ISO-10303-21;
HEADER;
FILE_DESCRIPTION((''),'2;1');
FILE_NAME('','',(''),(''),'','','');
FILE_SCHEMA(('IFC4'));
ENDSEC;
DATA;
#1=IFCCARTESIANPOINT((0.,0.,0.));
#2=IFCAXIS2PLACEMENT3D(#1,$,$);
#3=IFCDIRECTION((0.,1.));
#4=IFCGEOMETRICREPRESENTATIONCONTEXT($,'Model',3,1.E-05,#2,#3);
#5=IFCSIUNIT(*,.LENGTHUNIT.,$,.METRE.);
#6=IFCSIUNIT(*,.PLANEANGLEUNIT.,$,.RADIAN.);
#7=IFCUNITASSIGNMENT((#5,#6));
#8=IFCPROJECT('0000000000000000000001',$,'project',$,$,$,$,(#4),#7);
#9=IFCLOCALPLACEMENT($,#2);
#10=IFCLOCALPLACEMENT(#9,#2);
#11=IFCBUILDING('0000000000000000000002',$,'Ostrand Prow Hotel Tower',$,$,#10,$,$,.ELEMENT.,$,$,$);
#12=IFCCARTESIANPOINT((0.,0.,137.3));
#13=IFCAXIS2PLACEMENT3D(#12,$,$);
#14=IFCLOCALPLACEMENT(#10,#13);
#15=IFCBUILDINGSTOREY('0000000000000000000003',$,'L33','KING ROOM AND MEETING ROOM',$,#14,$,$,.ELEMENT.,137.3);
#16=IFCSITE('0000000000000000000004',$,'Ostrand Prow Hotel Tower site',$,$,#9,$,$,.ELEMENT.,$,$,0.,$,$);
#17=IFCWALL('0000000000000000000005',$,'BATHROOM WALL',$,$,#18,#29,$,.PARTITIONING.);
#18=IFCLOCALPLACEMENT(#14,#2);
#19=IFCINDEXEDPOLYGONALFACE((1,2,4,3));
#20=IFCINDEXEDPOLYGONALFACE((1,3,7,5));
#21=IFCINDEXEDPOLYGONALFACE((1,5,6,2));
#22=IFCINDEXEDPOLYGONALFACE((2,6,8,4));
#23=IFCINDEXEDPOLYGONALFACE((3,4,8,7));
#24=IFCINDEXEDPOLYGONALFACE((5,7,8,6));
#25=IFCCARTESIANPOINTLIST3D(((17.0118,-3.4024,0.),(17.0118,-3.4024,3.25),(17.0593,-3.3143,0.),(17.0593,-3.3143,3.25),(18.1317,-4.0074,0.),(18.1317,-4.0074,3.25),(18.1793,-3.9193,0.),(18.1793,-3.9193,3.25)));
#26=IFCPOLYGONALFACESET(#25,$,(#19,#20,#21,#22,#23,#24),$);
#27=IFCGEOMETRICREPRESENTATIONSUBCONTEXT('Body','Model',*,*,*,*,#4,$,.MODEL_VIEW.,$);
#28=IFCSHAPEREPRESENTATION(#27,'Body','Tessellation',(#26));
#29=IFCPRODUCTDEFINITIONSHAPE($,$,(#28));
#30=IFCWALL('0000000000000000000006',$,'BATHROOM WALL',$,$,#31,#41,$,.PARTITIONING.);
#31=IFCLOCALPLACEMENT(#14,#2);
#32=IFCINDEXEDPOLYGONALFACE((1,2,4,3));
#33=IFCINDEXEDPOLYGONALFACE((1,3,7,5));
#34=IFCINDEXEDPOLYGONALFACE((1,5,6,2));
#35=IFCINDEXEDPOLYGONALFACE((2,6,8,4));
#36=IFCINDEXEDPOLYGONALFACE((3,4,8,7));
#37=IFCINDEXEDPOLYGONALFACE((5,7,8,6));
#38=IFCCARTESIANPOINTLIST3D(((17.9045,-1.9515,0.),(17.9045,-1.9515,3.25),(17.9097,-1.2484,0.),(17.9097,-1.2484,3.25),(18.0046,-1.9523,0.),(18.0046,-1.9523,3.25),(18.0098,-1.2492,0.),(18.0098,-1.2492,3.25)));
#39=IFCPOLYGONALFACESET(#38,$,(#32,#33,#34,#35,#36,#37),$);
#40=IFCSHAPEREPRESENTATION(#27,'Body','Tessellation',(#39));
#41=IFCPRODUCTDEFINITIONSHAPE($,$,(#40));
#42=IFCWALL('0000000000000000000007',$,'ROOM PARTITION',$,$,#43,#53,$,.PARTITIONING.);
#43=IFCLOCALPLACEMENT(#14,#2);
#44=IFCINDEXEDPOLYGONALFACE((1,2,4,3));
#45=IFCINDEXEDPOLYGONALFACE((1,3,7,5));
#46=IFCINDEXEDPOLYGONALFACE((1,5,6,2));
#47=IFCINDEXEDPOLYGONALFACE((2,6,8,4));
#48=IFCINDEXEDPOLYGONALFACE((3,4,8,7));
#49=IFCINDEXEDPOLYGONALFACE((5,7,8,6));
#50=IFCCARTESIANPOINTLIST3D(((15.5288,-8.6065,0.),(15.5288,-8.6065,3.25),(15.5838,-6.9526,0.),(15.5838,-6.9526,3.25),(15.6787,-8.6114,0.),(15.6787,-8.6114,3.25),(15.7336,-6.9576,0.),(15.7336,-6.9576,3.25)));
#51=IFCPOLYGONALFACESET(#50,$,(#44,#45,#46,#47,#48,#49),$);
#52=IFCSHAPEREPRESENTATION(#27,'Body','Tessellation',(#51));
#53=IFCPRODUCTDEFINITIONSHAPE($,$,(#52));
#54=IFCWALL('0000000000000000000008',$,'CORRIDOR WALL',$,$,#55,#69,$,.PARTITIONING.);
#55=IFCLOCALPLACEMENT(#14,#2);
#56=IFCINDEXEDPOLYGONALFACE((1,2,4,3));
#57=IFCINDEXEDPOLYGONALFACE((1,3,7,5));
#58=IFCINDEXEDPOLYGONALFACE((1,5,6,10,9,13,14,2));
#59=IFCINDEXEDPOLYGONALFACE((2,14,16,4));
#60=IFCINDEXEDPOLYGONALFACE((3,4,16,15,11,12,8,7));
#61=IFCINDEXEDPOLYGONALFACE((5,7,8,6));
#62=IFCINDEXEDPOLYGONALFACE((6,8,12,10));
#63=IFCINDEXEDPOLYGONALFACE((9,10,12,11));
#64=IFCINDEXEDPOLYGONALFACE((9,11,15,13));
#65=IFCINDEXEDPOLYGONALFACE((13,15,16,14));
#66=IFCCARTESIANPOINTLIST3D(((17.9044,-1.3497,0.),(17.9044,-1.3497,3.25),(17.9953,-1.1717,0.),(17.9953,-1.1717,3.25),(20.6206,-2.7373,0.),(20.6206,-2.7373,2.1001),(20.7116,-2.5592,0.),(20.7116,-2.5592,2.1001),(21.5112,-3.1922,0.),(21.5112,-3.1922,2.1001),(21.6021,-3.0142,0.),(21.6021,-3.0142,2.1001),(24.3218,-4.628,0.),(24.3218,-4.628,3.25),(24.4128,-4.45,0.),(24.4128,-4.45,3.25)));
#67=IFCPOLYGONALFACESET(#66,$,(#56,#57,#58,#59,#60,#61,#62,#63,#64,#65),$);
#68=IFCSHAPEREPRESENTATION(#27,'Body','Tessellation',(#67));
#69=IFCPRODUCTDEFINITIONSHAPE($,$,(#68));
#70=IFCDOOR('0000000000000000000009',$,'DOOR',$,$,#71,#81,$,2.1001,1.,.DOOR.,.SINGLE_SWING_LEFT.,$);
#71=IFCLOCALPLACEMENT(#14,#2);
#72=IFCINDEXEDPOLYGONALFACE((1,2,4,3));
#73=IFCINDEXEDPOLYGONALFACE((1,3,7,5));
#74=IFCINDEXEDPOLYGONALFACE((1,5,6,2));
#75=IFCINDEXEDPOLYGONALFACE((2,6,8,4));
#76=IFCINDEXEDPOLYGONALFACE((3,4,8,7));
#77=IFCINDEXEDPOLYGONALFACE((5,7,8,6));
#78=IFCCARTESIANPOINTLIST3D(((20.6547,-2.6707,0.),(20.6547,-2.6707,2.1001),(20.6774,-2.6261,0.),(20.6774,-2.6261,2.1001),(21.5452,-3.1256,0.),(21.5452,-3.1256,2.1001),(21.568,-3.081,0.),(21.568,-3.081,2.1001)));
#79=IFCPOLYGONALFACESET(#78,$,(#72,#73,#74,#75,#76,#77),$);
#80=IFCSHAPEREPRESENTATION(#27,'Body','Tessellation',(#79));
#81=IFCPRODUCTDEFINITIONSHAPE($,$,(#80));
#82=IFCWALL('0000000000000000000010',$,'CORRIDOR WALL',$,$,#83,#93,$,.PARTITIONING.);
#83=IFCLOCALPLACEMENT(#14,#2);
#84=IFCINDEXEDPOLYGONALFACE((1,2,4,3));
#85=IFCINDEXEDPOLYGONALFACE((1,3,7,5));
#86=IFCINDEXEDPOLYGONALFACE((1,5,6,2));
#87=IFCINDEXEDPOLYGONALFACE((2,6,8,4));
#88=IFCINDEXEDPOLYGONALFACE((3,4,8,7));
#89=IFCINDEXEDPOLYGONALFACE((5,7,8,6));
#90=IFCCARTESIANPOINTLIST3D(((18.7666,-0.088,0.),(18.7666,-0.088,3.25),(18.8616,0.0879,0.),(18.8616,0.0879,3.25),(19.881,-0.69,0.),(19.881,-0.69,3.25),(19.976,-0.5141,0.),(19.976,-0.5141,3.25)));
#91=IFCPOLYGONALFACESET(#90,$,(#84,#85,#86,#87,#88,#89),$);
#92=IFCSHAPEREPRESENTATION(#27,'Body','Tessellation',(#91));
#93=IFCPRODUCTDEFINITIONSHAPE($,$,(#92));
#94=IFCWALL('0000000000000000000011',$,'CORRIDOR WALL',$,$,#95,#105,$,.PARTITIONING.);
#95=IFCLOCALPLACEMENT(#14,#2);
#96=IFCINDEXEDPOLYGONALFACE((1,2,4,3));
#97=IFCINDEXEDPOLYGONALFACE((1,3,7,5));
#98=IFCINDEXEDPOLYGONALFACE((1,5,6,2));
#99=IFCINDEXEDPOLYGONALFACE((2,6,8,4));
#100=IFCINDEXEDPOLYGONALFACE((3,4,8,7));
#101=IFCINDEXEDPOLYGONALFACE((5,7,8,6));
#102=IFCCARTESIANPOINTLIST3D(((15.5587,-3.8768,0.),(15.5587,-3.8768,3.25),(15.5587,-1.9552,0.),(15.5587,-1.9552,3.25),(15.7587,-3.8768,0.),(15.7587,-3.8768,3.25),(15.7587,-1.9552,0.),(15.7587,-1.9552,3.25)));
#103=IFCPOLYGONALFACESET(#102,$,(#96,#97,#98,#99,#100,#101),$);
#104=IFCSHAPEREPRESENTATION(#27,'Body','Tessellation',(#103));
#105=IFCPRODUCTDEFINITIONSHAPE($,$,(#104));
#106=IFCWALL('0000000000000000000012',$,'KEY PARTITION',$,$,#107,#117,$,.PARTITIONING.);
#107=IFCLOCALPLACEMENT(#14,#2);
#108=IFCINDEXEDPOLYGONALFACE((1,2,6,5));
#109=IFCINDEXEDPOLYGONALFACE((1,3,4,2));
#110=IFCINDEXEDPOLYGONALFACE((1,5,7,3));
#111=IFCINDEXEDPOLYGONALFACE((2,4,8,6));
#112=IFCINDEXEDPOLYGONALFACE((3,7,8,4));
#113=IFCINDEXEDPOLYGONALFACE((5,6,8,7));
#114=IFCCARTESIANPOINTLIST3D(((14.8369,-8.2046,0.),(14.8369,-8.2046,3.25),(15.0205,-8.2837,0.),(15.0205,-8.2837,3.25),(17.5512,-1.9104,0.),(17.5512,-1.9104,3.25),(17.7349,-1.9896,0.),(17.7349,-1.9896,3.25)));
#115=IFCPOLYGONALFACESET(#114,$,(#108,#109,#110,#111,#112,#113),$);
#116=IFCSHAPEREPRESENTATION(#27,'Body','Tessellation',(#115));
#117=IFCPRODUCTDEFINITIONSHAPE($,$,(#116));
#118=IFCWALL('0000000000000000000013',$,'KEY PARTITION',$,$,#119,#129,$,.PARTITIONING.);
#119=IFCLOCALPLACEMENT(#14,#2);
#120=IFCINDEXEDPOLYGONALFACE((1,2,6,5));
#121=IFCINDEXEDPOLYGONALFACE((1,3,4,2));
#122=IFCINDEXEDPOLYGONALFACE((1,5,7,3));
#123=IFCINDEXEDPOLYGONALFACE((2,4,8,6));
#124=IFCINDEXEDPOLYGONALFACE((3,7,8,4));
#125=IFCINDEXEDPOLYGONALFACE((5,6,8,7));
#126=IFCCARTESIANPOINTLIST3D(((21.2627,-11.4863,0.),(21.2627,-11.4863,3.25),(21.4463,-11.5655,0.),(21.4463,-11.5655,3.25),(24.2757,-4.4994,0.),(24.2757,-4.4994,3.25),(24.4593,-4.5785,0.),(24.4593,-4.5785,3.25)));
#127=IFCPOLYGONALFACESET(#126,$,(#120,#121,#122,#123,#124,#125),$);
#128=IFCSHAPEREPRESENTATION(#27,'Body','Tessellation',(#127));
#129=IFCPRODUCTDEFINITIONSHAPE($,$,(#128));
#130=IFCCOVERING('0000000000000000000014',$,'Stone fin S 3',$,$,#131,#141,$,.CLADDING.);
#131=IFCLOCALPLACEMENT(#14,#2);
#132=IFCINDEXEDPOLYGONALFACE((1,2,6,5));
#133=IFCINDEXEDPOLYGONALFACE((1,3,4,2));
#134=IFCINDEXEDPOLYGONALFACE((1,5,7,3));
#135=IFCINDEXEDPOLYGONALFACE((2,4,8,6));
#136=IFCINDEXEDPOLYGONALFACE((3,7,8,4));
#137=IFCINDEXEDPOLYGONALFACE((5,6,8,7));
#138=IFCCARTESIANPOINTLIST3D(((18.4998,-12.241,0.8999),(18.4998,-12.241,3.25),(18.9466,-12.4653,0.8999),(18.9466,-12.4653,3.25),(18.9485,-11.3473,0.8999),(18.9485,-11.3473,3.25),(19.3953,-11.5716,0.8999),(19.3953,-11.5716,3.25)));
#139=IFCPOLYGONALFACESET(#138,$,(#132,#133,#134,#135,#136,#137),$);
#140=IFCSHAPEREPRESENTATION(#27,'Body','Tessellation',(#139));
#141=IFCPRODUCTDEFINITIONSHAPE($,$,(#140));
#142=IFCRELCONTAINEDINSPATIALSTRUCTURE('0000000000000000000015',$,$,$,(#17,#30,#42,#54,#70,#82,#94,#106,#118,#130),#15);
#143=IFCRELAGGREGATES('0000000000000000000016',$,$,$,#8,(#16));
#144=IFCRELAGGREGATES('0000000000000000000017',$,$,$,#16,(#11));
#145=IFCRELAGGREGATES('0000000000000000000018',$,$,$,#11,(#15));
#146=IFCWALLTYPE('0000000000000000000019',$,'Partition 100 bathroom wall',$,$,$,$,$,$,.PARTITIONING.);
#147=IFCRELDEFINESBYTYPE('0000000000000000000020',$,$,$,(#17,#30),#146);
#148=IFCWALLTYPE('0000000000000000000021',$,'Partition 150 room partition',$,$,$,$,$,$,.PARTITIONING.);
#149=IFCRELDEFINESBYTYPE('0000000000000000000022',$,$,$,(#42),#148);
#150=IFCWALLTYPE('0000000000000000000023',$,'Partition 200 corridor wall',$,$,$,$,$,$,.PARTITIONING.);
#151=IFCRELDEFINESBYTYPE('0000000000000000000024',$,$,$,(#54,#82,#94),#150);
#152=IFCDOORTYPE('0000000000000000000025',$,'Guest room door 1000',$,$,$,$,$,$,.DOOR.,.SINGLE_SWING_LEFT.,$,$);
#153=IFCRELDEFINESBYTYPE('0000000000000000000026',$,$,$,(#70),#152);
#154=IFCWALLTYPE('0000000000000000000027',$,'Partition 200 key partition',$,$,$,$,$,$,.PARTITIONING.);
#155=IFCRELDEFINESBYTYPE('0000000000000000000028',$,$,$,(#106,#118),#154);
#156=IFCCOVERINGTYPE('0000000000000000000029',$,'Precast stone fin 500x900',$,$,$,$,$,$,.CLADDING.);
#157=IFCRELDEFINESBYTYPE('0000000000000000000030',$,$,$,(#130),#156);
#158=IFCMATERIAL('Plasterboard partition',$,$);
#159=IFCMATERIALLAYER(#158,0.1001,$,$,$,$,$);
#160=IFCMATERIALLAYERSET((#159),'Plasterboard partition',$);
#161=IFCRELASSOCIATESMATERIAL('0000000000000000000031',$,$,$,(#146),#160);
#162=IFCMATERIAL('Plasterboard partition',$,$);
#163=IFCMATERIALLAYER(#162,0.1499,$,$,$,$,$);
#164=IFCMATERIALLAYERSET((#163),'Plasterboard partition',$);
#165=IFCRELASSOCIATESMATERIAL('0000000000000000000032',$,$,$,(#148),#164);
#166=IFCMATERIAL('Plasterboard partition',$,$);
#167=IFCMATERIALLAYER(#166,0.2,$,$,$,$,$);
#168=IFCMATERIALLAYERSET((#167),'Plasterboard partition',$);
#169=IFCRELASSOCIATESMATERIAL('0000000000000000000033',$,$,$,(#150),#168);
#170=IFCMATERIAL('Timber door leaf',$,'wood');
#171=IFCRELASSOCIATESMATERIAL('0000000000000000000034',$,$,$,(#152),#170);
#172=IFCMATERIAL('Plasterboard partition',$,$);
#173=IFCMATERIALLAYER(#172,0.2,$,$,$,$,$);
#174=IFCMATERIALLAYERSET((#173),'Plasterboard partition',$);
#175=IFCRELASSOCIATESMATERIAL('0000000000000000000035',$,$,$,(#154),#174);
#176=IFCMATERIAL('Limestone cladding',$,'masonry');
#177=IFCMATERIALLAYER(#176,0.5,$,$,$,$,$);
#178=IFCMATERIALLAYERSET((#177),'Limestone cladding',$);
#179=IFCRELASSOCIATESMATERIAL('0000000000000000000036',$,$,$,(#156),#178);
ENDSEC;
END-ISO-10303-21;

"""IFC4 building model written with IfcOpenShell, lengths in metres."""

from ifc_helpers import new_model, si_unit, direction, frame, frame_2d, origin, place, context, subcontext, project, spatial, rectangle, extrude, material, layer, layer_set, type_object, element, fill, save


model = new_model("IFC4")

# Units and contexts
model_context = context("Model", 3, precision=1e-05, world=origin(), true_north=direction((0.0, 1.0)))
body_context = subcontext(model_context, "Body", "Model", "MODEL_VIEW")
ifc_project = project(units=[si_unit("LENGTHUNIT", "METRE"), si_unit("PLANEANGLEUNIT", "RADIAN")], contexts=[model_context])

# Site, building, storey
site_placement = place(None, origin())
site = spatial("IfcSite", under=ifc_project, at=site_placement, Name="Ostrand Prow Hotel Tower site", CompositionType="ELEMENT", RefElevation=0.0)
building_placement = place(site_placement, origin())
building = spatial("IfcBuilding", under=site, at=building_placement, Name="Ostrand Prow Hotel Tower", CompositionType="ELEMENT")
storey_placement = place(building_placement, frame((0.0, 0.0, 137.3)))
storey = spatial("IfcBuildingStorey", under=building, at=storey_placement, Name="L33", Description="KING ROOM AND MEETING ROOM", CompositionType="ELEMENT", Elevation=137.3)

# Shared definitions
ifc_material_1 = material(Name="Plasterboard partition")
ifc_layer_1 = layer(ifc_material_1, 0.1001)
ifc_layer_set_1 = layer_set([ifc_layer_1], Name="Plasterboard partition")
wall_type_1 = type_object("IfcWallType", Name="Partition 100 bathroom wall", PredefinedType="PARTITIONING", material=ifc_layer_set_1)

# Walls
wall_1_placement = place(storey_placement, frame((18.1555, -3.9634, 0.0), z_axis=(0.0, 0.0, 1.0), x_axis=(-0.879824, 0.4753, 0.0)))
element("IfcWall", 1, at=wall_1_placement, inside=storey, type_object=wall_type_1, Name="BATHROOM WALL", PredefinedType="PARTITIONING", context=body_context, shape_type="SweptSolid", body=[
    extrude(rectangle(XDim=1.2729, YDim=0.1001, at=frame_2d((0.6365, 0.0))), origin(), (0.0, 0.0, 1.0), 3.25),
])
wall_2_placement = place(storey_placement, frame((17.9546, -1.9519, 0.0), z_axis=(0.0, 0.0, 1.0), x_axis=(0.007291, 0.999973, 0.0)))
element("IfcWall", 2, at=wall_2_placement, inside=storey, type_object=wall_type_1, Name="BATHROOM WALL", PredefinedType="PARTITIONING", context=body_context, shape_type="SweptSolid", body=[
    extrude(rectangle(XDim=0.7031, YDim=0.1001, at=frame_2d((0.3516, 0.0))), origin(), (0.0, 0.0, 1.0), 3.25),
])
ifc_material_2 = material(Name="Plasterboard partition")
ifc_layer_2 = layer(ifc_material_2, 0.1499)
ifc_layer_set_2 = layer_set([ifc_layer_2], Name="Plasterboard partition")
wall_type_2 = type_object("IfcWallType", Name="Partition 150 room partition", PredefinedType="PARTITIONING", material=ifc_layer_set_2)
wall_3_placement = place(storey_placement, frame((15.6587, -6.9551, 0.0), z_axis=(0.0, 0.0, 1.0), x_axis=(-0.033197, -0.999449, 0.0)))
element("IfcWall", 3, at=wall_3_placement, inside=storey, type_object=wall_type_2, Name="ROOM PARTITION", PredefinedType="PARTITIONING", context=body_context, shape_type="SweptSolid", body=[
    extrude(rectangle(XDim=1.6548, YDim=0.1499, at=frame_2d((0.8274, 0.0))), origin(), (0.0, 0.0, 1.0), 3.25),
])

# Wall, opening, door
ifc_material_3 = material(Name="Plasterboard partition")
ifc_layer_3 = layer(ifc_material_3, 0.2)
ifc_layer_set_3 = layer_set([ifc_layer_3], Name="Plasterboard partition")
wall_type_3 = type_object("IfcWallType", Name="Partition 200 corridor wall", PredefinedType="PARTITIONING", material=ifc_layer_set_3)
wall_4_placement = place(storey_placement, frame((17.95, -1.2607, 0.0), z_axis=(0.0, 0.0, 1.0), x_axis=(0.890532, -0.454921, 0.0)))
wall_4 = element("IfcWall", 4, at=wall_4_placement, inside=storey, type_object=wall_type_3, Name="CORRIDOR WALL", PredefinedType="PARTITIONING", context=body_context, shape_type="SweptSolid", body=[
    extrude(rectangle(XDim=7.2063, YDim=0.2, at=frame_2d((3.603, 0.0))), origin(), (0.0, 0.0, 1.0), 3.25),
])
opening_1_placement = place(wall_4_placement, frame((3.05, 0.0, 0.0)))
opening_1 = element("IfcOpeningElement", 5, at=opening_1_placement, cuts=wall_4, PredefinedType="OPENING", context=body_context, shape_type="SweptSolid", body=[
    extrude(rectangle(XDim=1.0, YDim=2.1001, at=frame_2d((0.5, 1.05))), frame((0.0, 0.1099, 0.0), z_axis=(0.0, -1.0, 0.0), x_axis=(1.0, 0.0, 0.0)), (0.0, 0.0, 1.0), 0.22),
])
ifc_material_4 = material(Name="Timber door leaf", Category="wood")
door_type_1 = type_object("IfcDoorType", Name="Guest room door 1000", OperationType="SINGLE_SWING_LEFT", PredefinedType="DOOR", material=ifc_material_4)
door_1_placement = place(opening_1_placement, origin())
door_1 = element("IfcDoor", 6, at=door_1_placement, inside=storey, type_object=door_type_1, Name="DOOR", OperationType="SINGLE_SWING_LEFT", OverallHeight=2.1001, OverallWidth=1.0, PredefinedType="DOOR", context=body_context, shape_type="SweptSolid", body=[
    extrude(rectangle(XDim=1.0, YDim=2.1001, at=frame_2d((0.5, 1.05))), frame((0.0, 0.0249, 0.0), z_axis=(0.0, -1.0, 0.0), x_axis=(1.0, 0.0, 0.0)), (0.0, 0.0, 1.0), 0.05),
])
fill(opening_1, door_1)

# Walls
wall_5_placement = place(storey_placement, frame((19.9285, -0.6021, 0.0), z_axis=(0.0, 0.0, 1.0), x_axis=(-0.879833, 0.475283, 0.0)))
element("IfcWall", 7, at=wall_5_placement, inside=storey, type_object=wall_type_3, Name="CORRIDOR WALL", PredefinedType="PARTITIONING", context=body_context, shape_type="SweptSolid", body=[
    extrude(rectangle(XDim=1.2666, YDim=0.2, at=frame_2d((0.6333, 0.0))), origin(), (0.0, 0.0, 1.0), 3.25),
])
wall_6_placement = place(storey_placement, frame((15.6587, -1.9551, 0.0), z_axis=(0.0, 0.0, 1.0), x_axis=(0.0, -1.0, 0.0)))
element("IfcWall", 8, at=wall_6_placement, inside=storey, type_object=wall_type_3, Name="CORRIDOR WALL", PredefinedType="PARTITIONING", context=body_context, shape_type="SweptSolid", body=[
    extrude(rectangle(XDim=1.9216, YDim=0.2, at=frame_2d((0.9609, 0.0))), origin(), (0.0, 0.0, 1.0), 3.25),
])
ifc_material_5 = material(Name="Plasterboard partition")
ifc_layer_4 = layer(ifc_material_5, 0.2)
ifc_layer_set_4 = layer_set([ifc_layer_4], Name="Plasterboard partition")
wall_type_4 = type_object("IfcWallType", Name="Partition 200 key partition", PredefinedType="PARTITIONING", material=ifc_layer_set_4)
wall_7_placement = place(storey_placement, frame((14.9287, -8.2441, 0.0), z_axis=(0.0, 0.0, 1.0), x_axis=(0.395995, 0.918253, 0.0)))
element("IfcWall", 9, at=wall_7_placement, inside=storey, type_object=wall_type_4, Name="KEY PARTITION", PredefinedType="PARTITIONING", context=body_context, shape_type="SweptSolid", body=[
    extrude(rectangle(XDim=6.8545, YDim=0.2, at=frame_2d((3.4272, 0.0))), origin(), (0.0, 0.0, 1.0), 3.25),
])
wall_8_placement = place(storey_placement, frame((21.3545, -11.5259, 0.0), z_axis=(0.0, 0.0, 1.0), x_axis=(0.395982, 0.918258, 0.0)))
element("IfcWall", 10, at=wall_8_placement, inside=storey, type_object=wall_type_4, Name="KEY PARTITION", PredefinedType="PARTITIONING", context=body_context, shape_type="SweptSolid", body=[
    extrude(rectangle(XDim=7.6089, YDim=0.2, at=frame_2d((3.8044, 0.0))), origin(), (0.0, 0.0, 1.0), 3.25),
])

# Covering
ifc_material_6 = material(Name="Limestone cladding", Category="masonry")
ifc_layer_5 = layer(ifc_material_6, 0.5)
ifc_layer_set_5 = layer_set([ifc_layer_5], Name="Limestone cladding")
covering_type = type_object("IfcCoveringType", Name="Precast stone fin 500x900", PredefinedType="CLADDING", material=ifc_layer_set_5)
covering_placement = place(storey_placement, frame((19.1719, -11.4595, 0.8999), z_axis=(0.0, 0.0, 1.0), x_axis=(-0.448678, -0.893694, 0.0)))
element("IfcCovering", 11, at=covering_placement, inside=storey, type_object=covering_type, Name="Stone fin S 3", PredefinedType="CLADDING", context=body_context, shape_type="SweptSolid", body=[
    extrude(rectangle(XDim=1.0, YDim=0.5, at=frame_2d((0.5, 0.0))), origin(), (0.0, 0.0, 1.0), 2.3501),
])

save(model, "model.ifc")
